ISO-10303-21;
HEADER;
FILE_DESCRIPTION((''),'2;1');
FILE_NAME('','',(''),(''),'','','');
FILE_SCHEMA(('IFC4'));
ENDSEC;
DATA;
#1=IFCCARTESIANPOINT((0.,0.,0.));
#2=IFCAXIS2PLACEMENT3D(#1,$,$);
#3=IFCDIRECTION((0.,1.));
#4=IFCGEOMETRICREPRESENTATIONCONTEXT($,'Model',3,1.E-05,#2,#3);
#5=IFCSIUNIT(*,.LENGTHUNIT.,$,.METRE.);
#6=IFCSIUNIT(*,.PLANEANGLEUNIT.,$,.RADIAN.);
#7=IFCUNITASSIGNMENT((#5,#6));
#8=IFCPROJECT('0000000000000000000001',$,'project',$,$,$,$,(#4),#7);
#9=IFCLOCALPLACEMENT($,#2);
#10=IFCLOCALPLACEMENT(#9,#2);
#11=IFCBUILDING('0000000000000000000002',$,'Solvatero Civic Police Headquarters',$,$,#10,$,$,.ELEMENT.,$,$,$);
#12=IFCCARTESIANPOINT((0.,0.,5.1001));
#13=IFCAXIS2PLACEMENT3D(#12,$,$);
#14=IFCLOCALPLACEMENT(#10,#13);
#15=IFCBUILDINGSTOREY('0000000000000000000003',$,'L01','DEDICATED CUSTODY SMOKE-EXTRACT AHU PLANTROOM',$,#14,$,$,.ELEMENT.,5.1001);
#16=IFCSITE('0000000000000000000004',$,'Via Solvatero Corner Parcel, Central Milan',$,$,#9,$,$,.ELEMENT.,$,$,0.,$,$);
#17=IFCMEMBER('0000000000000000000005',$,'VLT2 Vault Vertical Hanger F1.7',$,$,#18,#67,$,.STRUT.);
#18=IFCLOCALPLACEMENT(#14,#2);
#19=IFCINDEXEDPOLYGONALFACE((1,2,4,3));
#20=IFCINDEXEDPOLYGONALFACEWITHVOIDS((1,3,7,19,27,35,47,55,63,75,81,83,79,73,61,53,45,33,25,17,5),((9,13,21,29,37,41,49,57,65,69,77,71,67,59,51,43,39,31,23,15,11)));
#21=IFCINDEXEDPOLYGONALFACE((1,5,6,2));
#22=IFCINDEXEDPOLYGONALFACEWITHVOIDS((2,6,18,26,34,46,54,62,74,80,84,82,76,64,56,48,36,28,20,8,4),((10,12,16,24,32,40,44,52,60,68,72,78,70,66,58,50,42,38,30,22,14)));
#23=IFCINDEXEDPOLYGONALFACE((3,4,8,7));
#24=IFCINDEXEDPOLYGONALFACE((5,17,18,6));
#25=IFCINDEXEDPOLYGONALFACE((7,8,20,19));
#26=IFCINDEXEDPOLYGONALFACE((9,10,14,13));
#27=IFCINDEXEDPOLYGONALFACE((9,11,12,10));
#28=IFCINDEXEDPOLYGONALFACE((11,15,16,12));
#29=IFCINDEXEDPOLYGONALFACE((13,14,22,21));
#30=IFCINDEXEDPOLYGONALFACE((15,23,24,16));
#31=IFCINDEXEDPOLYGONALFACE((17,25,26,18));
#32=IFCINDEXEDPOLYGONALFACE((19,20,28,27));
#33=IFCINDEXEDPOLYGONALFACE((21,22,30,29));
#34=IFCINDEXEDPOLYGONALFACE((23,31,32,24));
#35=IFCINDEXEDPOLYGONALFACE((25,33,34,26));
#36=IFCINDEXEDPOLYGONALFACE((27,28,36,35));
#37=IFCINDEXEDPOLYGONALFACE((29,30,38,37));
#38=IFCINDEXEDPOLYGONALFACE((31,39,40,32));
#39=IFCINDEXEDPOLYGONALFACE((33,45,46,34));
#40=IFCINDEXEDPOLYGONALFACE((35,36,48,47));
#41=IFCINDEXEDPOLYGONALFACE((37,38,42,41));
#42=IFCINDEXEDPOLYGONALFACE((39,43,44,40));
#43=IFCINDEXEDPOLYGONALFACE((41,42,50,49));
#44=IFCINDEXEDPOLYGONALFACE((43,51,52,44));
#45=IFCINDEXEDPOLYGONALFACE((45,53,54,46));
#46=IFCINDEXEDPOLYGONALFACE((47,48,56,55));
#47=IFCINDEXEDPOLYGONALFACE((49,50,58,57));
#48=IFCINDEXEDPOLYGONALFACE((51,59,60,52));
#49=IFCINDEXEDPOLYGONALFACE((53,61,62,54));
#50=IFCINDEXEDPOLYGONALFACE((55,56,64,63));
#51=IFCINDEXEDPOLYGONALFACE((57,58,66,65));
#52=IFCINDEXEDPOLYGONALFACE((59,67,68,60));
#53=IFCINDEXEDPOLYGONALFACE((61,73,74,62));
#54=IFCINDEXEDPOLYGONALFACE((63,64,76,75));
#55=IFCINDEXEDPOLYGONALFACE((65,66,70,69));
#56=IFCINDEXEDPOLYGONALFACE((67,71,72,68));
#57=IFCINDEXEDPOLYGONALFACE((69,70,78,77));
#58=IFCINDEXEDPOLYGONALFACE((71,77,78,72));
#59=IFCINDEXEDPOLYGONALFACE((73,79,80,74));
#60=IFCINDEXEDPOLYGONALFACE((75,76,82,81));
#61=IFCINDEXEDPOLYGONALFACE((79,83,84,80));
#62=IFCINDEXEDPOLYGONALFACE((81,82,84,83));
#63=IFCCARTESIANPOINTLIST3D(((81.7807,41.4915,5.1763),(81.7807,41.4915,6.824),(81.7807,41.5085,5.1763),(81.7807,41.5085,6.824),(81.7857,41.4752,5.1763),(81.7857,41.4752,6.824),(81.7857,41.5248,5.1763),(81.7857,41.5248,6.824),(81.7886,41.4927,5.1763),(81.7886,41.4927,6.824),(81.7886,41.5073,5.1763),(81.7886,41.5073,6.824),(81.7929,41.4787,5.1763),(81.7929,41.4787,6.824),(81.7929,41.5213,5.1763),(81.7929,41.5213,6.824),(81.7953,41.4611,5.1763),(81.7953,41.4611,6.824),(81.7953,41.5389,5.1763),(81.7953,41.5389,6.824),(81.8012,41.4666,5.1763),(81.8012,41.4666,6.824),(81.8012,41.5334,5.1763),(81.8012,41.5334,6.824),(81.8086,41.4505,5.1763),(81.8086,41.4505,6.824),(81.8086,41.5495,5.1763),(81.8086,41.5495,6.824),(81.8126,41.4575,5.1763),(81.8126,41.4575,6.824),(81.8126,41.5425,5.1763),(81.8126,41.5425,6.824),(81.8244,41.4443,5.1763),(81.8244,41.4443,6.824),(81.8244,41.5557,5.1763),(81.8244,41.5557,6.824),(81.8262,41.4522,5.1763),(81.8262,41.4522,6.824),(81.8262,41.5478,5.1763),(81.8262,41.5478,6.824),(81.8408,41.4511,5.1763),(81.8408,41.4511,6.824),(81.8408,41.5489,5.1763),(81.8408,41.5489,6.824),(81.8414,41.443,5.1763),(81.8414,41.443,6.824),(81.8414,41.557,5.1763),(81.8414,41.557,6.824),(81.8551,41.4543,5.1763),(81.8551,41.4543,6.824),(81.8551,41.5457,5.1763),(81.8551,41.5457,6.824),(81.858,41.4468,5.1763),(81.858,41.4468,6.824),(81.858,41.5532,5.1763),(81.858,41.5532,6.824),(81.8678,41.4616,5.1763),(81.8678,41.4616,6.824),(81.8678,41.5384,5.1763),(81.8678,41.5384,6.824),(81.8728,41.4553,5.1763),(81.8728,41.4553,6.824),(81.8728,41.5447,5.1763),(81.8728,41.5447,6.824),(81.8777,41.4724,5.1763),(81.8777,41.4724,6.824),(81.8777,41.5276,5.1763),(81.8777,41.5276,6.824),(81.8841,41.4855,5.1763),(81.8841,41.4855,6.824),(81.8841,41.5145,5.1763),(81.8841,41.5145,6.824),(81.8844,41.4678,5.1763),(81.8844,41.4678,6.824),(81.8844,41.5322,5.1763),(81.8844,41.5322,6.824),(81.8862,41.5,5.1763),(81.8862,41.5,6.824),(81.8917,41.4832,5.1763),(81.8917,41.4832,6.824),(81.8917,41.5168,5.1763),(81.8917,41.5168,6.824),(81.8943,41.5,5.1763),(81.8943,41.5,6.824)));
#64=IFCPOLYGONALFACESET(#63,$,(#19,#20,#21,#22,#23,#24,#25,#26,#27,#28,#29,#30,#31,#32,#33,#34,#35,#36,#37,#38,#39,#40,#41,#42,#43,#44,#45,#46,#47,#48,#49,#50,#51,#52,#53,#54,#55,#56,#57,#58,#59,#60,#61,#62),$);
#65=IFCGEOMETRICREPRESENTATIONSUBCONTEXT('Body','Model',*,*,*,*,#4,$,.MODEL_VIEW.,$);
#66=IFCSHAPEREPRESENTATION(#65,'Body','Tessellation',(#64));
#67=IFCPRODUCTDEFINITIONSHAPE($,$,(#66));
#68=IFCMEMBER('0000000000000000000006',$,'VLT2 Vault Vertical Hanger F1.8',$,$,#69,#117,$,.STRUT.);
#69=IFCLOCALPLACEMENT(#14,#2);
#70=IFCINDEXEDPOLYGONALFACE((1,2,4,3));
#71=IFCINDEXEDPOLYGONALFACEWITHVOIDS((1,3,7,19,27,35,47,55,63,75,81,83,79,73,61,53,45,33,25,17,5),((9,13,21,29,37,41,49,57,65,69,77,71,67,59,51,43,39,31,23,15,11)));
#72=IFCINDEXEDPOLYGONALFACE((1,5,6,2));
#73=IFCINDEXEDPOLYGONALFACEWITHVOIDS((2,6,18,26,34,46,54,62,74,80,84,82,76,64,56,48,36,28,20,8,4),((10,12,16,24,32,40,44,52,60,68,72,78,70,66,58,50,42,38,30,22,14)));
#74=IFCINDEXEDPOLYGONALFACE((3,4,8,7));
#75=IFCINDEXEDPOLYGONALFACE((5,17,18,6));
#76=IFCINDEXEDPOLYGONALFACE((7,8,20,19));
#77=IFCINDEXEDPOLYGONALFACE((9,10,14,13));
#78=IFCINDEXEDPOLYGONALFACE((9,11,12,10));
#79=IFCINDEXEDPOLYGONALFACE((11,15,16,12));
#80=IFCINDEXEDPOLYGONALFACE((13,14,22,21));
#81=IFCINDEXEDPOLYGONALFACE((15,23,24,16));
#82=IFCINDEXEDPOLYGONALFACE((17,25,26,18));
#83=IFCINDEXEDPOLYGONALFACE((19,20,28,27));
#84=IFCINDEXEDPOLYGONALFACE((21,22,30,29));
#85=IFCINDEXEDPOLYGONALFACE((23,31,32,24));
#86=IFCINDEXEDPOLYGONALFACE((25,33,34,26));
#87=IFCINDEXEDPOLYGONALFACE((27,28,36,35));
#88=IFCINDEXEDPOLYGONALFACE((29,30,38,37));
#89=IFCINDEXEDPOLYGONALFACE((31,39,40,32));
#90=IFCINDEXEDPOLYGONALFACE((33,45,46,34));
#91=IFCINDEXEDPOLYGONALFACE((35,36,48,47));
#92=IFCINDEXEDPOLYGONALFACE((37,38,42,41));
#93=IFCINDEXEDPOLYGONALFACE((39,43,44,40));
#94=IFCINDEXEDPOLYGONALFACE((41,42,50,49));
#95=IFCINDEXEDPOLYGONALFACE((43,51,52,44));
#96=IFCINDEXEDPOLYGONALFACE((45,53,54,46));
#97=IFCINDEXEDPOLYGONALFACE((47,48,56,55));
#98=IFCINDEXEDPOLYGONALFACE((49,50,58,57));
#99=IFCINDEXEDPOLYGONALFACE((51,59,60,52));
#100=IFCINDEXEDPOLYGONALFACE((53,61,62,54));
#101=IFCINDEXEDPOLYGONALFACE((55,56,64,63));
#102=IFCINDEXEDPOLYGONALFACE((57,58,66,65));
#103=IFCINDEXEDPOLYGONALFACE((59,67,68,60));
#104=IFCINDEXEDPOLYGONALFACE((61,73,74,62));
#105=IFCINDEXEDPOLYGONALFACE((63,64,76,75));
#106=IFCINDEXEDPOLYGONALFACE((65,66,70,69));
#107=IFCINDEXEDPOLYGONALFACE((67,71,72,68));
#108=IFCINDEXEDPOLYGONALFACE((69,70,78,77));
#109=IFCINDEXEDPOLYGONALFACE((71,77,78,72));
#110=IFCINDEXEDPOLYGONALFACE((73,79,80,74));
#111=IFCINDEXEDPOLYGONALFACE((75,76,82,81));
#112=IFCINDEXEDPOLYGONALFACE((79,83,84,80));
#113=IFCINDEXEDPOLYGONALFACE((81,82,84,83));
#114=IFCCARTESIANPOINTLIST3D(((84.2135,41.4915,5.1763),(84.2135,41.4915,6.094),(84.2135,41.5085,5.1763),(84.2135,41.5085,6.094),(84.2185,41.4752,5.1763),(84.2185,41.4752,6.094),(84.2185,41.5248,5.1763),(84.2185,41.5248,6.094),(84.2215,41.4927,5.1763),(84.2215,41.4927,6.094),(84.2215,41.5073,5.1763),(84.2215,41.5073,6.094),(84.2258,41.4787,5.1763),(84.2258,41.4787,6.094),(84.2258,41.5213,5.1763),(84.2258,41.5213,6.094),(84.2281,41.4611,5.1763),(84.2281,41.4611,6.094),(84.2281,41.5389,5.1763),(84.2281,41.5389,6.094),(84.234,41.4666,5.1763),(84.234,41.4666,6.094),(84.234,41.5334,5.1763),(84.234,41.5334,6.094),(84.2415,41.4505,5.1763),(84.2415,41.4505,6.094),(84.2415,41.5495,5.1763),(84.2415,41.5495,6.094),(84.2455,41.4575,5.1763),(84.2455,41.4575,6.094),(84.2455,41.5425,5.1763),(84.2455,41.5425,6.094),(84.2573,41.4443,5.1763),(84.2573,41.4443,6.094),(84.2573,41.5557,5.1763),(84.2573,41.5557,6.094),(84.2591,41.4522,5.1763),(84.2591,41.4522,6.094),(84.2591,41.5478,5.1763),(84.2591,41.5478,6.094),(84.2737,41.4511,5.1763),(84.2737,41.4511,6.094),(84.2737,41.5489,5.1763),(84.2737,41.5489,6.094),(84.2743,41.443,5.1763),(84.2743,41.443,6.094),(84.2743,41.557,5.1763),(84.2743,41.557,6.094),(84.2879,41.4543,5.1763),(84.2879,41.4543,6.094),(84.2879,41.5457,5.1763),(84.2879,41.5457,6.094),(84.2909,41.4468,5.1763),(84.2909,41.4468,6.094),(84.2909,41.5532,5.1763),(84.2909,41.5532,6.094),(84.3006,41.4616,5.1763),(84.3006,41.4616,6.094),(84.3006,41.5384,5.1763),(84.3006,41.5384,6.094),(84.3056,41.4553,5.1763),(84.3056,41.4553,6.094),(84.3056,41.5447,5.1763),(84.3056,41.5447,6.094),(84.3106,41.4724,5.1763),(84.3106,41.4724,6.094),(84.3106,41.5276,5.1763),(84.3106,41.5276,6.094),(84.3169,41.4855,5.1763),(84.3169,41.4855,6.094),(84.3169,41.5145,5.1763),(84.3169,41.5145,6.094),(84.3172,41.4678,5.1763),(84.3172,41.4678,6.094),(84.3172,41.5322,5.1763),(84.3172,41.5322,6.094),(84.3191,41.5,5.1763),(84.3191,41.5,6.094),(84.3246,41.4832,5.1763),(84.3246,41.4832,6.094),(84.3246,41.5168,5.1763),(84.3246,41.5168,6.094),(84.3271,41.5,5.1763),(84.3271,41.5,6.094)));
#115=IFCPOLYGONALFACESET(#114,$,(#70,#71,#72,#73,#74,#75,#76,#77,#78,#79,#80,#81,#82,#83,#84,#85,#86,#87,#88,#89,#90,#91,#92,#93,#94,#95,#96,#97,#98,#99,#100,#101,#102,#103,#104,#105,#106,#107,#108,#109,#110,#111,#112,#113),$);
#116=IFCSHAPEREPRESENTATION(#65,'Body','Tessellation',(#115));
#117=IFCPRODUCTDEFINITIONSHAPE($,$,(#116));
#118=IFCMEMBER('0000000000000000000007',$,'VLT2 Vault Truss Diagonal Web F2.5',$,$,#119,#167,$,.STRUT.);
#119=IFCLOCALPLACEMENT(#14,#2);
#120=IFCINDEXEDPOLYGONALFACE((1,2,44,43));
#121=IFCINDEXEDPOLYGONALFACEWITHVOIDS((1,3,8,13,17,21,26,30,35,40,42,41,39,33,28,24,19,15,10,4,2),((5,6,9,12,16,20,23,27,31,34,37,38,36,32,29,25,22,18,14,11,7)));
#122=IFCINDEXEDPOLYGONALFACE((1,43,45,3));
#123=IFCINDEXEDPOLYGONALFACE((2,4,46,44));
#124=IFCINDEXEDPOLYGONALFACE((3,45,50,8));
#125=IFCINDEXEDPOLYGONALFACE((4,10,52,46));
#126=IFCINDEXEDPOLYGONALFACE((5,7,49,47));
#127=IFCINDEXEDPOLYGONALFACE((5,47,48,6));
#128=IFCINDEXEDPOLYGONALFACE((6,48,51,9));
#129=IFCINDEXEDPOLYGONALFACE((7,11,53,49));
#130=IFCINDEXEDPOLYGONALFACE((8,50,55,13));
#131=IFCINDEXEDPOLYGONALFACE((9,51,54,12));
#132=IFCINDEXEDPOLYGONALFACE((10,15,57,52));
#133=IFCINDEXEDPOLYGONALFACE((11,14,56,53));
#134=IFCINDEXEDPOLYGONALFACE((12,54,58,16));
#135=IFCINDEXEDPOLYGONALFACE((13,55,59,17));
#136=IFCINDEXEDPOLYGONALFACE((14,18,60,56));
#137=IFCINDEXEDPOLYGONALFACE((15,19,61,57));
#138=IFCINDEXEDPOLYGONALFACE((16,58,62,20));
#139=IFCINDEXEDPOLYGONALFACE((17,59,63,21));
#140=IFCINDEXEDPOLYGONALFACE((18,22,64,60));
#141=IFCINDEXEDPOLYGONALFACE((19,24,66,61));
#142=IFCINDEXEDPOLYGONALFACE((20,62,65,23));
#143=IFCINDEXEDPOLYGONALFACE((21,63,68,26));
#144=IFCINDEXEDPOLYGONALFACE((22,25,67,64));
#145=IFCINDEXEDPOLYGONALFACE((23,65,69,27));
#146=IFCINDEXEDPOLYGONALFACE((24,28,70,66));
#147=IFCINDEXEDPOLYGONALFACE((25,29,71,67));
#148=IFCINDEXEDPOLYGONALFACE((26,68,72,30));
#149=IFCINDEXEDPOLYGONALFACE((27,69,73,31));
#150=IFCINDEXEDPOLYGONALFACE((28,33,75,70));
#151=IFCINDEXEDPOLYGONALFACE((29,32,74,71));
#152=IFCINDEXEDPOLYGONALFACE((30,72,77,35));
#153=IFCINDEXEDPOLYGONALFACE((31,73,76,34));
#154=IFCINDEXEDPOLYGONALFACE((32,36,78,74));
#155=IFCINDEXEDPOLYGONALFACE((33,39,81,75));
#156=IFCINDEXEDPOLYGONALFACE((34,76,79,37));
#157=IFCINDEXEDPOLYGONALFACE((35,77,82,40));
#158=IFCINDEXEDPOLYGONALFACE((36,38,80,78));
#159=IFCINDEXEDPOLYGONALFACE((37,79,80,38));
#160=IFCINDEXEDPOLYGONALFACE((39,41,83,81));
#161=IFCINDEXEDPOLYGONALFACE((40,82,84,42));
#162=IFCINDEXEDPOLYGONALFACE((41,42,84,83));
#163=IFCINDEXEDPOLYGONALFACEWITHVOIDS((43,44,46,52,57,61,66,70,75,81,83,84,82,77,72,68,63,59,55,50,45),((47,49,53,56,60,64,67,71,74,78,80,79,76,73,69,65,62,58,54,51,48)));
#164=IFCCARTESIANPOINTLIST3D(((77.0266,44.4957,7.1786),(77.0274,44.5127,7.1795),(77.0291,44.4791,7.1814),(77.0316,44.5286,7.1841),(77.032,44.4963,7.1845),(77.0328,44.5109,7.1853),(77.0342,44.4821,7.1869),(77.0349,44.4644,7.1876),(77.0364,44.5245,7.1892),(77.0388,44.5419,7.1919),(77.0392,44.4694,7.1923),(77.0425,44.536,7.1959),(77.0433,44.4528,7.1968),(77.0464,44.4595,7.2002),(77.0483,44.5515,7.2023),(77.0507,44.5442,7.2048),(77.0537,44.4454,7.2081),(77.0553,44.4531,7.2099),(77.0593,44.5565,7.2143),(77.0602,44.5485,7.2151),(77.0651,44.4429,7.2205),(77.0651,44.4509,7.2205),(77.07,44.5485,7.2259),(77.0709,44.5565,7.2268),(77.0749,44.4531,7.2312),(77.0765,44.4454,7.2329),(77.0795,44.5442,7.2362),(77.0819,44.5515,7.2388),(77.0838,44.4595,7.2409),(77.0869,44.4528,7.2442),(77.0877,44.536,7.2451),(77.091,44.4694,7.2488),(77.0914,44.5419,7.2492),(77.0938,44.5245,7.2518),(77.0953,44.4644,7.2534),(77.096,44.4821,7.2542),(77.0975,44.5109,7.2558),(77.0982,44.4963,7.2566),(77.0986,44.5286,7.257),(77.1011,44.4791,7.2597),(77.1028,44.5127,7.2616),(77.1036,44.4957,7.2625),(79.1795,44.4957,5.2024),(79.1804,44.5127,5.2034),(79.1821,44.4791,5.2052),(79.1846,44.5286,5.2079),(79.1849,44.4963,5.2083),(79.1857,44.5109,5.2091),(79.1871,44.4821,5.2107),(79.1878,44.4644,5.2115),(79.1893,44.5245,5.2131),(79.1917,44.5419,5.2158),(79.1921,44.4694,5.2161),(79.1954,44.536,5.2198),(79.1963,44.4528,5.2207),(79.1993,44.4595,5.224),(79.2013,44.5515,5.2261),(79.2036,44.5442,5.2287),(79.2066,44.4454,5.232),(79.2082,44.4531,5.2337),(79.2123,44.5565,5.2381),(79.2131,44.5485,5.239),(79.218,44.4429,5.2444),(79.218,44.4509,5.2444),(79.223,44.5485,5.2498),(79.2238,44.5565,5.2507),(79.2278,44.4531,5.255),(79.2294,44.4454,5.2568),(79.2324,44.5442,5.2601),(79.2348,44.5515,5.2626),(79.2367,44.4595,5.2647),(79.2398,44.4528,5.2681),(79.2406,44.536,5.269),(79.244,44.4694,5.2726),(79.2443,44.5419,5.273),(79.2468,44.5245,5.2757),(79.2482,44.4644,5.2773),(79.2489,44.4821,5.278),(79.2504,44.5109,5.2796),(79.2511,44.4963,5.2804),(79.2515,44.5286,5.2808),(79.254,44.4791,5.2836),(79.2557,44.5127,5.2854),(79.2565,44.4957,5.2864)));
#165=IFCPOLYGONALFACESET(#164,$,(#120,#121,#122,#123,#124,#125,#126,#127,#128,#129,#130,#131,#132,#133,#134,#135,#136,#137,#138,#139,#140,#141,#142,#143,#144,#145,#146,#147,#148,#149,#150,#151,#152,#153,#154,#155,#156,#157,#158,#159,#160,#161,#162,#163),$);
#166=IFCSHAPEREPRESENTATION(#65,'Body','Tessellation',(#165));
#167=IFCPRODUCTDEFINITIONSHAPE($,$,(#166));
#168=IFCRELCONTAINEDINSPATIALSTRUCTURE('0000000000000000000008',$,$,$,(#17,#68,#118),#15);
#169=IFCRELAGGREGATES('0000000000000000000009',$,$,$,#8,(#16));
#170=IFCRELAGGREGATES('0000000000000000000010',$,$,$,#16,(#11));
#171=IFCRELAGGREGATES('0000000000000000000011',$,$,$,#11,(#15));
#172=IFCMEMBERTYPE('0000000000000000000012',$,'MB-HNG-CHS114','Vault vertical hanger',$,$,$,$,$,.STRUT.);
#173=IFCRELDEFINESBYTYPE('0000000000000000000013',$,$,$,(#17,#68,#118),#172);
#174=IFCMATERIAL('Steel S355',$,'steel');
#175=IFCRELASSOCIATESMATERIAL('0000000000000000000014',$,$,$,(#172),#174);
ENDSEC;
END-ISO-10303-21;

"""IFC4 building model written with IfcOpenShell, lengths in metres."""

from ifc_helpers import new_model, si_unit, direction, frame, origin, origin_2d, place, context, subcontext, project, spatial, hollow_circle, extrude, material, material_profile, profile_set, type_object, element, save


model = new_model("IFC4")

# Units and contexts
model_context = context("Model", 3, precision=1e-05, world=origin(), true_north=direction((0.0, 1.0)))
body_context = subcontext(model_context, "Body", "Model", "MODEL_VIEW")
ifc_project = project(units=[si_unit("LENGTHUNIT", "METRE"), si_unit("PLANEANGLEUNIT", "RADIAN")], contexts=[model_context])

# Site, building, storey
site_placement = place(None, origin())
site = spatial("IfcSite", under=ifc_project, at=site_placement, Name="Via Solvatero Corner Parcel, Central Milan", CompositionType="ELEMENT", RefElevation=0.0)
building_placement = place(site_placement, origin())
building = spatial("IfcBuilding", under=site, at=building_placement, Name="Solvatero Civic Police Headquarters", CompositionType="ELEMENT")
storey_placement = place(building_placement, frame((0.0, 0.0, 5.1001)))
storey = spatial("IfcBuildingStorey", under=building, at=storey_placement, Name="L01", Description="DEDICATED CUSTODY SMOKE-EXTRACT AHU PLANTROOM", CompositionType="ELEMENT", Elevation=5.1001)

# Shared definitions
ifc_material_1 = material(Name="Steel S355", Category="steel")

# Members
ifc_material_profile_1 = material_profile(ifc_material_1, hollow_circle(Radius=0.0571, WallThickness=0.0081, at=origin_2d()), Name="CHS 114.3x8.0")
ifc_profile_set_1 = profile_set([ifc_material_profile_1], Name="Steel S355")
member_type_1 = type_object("IfcMemberType", Name="MB-HNG-CHS114", Description="Vault vertical hanger", PredefinedType="STRUT", material=ifc_profile_set_1)
member_1_placement = place(storey_placement, frame((81.8372, 41.5, 5.1763), z_axis=(0.0, 0.0, 1.0), x_axis=(1.0, 0.0, 0.0)))
element("IfcMember", 1, at=member_1_placement, inside=storey, type_object=member_type_1, Name="VLT2 Vault Vertical Hanger F1.7", PredefinedType="STRUT", context=body_context, shape_type="SweptSolid", body=[
    extrude(hollow_circle(Radius=0.0571, WallThickness=0.0081, at=origin_2d()), origin(), (0.0, 0.0, 1.0), 1.6477),
])
member_2_placement = place(storey_placement, frame((84.27, 41.5, 5.1763), z_axis=(0.0, 0.0, 1.0), x_axis=(1.0, 0.0, 0.0)))
element("IfcMember", 2, at=member_2_placement, inside=storey, type_object=member_type_1, Name="VLT2 Vault Vertical Hanger F1.8", PredefinedType="STRUT", context=body_context, shape_type="SweptSolid", body=[
    extrude(hollow_circle(Radius=0.0571, WallThickness=0.0081, at=origin_2d()), origin(), (0.0, 0.0, 1.0), 0.9177),
])
member_3_placement = place(storey_placement, frame((79.218, 44.5, 5.2444), z_axis=(-0.736703, 0.0, 0.676216), x_axis=(0.0, -1.0, 0.0)))
element("IfcMember", 3, at=member_3_placement, inside=storey, type_object=member_type_1, Name="VLT2 Vault Truss Diagonal Web F2.5", PredefinedType="STRUT", context=body_context, shape_type="SweptSolid", body=[
    extrude(hollow_circle(Radius=0.0571, WallThickness=0.0081, at=origin_2d()), origin(), (0.0, 0.0, 1.0), 2.9224),
])

save(model, "model.ifc")
